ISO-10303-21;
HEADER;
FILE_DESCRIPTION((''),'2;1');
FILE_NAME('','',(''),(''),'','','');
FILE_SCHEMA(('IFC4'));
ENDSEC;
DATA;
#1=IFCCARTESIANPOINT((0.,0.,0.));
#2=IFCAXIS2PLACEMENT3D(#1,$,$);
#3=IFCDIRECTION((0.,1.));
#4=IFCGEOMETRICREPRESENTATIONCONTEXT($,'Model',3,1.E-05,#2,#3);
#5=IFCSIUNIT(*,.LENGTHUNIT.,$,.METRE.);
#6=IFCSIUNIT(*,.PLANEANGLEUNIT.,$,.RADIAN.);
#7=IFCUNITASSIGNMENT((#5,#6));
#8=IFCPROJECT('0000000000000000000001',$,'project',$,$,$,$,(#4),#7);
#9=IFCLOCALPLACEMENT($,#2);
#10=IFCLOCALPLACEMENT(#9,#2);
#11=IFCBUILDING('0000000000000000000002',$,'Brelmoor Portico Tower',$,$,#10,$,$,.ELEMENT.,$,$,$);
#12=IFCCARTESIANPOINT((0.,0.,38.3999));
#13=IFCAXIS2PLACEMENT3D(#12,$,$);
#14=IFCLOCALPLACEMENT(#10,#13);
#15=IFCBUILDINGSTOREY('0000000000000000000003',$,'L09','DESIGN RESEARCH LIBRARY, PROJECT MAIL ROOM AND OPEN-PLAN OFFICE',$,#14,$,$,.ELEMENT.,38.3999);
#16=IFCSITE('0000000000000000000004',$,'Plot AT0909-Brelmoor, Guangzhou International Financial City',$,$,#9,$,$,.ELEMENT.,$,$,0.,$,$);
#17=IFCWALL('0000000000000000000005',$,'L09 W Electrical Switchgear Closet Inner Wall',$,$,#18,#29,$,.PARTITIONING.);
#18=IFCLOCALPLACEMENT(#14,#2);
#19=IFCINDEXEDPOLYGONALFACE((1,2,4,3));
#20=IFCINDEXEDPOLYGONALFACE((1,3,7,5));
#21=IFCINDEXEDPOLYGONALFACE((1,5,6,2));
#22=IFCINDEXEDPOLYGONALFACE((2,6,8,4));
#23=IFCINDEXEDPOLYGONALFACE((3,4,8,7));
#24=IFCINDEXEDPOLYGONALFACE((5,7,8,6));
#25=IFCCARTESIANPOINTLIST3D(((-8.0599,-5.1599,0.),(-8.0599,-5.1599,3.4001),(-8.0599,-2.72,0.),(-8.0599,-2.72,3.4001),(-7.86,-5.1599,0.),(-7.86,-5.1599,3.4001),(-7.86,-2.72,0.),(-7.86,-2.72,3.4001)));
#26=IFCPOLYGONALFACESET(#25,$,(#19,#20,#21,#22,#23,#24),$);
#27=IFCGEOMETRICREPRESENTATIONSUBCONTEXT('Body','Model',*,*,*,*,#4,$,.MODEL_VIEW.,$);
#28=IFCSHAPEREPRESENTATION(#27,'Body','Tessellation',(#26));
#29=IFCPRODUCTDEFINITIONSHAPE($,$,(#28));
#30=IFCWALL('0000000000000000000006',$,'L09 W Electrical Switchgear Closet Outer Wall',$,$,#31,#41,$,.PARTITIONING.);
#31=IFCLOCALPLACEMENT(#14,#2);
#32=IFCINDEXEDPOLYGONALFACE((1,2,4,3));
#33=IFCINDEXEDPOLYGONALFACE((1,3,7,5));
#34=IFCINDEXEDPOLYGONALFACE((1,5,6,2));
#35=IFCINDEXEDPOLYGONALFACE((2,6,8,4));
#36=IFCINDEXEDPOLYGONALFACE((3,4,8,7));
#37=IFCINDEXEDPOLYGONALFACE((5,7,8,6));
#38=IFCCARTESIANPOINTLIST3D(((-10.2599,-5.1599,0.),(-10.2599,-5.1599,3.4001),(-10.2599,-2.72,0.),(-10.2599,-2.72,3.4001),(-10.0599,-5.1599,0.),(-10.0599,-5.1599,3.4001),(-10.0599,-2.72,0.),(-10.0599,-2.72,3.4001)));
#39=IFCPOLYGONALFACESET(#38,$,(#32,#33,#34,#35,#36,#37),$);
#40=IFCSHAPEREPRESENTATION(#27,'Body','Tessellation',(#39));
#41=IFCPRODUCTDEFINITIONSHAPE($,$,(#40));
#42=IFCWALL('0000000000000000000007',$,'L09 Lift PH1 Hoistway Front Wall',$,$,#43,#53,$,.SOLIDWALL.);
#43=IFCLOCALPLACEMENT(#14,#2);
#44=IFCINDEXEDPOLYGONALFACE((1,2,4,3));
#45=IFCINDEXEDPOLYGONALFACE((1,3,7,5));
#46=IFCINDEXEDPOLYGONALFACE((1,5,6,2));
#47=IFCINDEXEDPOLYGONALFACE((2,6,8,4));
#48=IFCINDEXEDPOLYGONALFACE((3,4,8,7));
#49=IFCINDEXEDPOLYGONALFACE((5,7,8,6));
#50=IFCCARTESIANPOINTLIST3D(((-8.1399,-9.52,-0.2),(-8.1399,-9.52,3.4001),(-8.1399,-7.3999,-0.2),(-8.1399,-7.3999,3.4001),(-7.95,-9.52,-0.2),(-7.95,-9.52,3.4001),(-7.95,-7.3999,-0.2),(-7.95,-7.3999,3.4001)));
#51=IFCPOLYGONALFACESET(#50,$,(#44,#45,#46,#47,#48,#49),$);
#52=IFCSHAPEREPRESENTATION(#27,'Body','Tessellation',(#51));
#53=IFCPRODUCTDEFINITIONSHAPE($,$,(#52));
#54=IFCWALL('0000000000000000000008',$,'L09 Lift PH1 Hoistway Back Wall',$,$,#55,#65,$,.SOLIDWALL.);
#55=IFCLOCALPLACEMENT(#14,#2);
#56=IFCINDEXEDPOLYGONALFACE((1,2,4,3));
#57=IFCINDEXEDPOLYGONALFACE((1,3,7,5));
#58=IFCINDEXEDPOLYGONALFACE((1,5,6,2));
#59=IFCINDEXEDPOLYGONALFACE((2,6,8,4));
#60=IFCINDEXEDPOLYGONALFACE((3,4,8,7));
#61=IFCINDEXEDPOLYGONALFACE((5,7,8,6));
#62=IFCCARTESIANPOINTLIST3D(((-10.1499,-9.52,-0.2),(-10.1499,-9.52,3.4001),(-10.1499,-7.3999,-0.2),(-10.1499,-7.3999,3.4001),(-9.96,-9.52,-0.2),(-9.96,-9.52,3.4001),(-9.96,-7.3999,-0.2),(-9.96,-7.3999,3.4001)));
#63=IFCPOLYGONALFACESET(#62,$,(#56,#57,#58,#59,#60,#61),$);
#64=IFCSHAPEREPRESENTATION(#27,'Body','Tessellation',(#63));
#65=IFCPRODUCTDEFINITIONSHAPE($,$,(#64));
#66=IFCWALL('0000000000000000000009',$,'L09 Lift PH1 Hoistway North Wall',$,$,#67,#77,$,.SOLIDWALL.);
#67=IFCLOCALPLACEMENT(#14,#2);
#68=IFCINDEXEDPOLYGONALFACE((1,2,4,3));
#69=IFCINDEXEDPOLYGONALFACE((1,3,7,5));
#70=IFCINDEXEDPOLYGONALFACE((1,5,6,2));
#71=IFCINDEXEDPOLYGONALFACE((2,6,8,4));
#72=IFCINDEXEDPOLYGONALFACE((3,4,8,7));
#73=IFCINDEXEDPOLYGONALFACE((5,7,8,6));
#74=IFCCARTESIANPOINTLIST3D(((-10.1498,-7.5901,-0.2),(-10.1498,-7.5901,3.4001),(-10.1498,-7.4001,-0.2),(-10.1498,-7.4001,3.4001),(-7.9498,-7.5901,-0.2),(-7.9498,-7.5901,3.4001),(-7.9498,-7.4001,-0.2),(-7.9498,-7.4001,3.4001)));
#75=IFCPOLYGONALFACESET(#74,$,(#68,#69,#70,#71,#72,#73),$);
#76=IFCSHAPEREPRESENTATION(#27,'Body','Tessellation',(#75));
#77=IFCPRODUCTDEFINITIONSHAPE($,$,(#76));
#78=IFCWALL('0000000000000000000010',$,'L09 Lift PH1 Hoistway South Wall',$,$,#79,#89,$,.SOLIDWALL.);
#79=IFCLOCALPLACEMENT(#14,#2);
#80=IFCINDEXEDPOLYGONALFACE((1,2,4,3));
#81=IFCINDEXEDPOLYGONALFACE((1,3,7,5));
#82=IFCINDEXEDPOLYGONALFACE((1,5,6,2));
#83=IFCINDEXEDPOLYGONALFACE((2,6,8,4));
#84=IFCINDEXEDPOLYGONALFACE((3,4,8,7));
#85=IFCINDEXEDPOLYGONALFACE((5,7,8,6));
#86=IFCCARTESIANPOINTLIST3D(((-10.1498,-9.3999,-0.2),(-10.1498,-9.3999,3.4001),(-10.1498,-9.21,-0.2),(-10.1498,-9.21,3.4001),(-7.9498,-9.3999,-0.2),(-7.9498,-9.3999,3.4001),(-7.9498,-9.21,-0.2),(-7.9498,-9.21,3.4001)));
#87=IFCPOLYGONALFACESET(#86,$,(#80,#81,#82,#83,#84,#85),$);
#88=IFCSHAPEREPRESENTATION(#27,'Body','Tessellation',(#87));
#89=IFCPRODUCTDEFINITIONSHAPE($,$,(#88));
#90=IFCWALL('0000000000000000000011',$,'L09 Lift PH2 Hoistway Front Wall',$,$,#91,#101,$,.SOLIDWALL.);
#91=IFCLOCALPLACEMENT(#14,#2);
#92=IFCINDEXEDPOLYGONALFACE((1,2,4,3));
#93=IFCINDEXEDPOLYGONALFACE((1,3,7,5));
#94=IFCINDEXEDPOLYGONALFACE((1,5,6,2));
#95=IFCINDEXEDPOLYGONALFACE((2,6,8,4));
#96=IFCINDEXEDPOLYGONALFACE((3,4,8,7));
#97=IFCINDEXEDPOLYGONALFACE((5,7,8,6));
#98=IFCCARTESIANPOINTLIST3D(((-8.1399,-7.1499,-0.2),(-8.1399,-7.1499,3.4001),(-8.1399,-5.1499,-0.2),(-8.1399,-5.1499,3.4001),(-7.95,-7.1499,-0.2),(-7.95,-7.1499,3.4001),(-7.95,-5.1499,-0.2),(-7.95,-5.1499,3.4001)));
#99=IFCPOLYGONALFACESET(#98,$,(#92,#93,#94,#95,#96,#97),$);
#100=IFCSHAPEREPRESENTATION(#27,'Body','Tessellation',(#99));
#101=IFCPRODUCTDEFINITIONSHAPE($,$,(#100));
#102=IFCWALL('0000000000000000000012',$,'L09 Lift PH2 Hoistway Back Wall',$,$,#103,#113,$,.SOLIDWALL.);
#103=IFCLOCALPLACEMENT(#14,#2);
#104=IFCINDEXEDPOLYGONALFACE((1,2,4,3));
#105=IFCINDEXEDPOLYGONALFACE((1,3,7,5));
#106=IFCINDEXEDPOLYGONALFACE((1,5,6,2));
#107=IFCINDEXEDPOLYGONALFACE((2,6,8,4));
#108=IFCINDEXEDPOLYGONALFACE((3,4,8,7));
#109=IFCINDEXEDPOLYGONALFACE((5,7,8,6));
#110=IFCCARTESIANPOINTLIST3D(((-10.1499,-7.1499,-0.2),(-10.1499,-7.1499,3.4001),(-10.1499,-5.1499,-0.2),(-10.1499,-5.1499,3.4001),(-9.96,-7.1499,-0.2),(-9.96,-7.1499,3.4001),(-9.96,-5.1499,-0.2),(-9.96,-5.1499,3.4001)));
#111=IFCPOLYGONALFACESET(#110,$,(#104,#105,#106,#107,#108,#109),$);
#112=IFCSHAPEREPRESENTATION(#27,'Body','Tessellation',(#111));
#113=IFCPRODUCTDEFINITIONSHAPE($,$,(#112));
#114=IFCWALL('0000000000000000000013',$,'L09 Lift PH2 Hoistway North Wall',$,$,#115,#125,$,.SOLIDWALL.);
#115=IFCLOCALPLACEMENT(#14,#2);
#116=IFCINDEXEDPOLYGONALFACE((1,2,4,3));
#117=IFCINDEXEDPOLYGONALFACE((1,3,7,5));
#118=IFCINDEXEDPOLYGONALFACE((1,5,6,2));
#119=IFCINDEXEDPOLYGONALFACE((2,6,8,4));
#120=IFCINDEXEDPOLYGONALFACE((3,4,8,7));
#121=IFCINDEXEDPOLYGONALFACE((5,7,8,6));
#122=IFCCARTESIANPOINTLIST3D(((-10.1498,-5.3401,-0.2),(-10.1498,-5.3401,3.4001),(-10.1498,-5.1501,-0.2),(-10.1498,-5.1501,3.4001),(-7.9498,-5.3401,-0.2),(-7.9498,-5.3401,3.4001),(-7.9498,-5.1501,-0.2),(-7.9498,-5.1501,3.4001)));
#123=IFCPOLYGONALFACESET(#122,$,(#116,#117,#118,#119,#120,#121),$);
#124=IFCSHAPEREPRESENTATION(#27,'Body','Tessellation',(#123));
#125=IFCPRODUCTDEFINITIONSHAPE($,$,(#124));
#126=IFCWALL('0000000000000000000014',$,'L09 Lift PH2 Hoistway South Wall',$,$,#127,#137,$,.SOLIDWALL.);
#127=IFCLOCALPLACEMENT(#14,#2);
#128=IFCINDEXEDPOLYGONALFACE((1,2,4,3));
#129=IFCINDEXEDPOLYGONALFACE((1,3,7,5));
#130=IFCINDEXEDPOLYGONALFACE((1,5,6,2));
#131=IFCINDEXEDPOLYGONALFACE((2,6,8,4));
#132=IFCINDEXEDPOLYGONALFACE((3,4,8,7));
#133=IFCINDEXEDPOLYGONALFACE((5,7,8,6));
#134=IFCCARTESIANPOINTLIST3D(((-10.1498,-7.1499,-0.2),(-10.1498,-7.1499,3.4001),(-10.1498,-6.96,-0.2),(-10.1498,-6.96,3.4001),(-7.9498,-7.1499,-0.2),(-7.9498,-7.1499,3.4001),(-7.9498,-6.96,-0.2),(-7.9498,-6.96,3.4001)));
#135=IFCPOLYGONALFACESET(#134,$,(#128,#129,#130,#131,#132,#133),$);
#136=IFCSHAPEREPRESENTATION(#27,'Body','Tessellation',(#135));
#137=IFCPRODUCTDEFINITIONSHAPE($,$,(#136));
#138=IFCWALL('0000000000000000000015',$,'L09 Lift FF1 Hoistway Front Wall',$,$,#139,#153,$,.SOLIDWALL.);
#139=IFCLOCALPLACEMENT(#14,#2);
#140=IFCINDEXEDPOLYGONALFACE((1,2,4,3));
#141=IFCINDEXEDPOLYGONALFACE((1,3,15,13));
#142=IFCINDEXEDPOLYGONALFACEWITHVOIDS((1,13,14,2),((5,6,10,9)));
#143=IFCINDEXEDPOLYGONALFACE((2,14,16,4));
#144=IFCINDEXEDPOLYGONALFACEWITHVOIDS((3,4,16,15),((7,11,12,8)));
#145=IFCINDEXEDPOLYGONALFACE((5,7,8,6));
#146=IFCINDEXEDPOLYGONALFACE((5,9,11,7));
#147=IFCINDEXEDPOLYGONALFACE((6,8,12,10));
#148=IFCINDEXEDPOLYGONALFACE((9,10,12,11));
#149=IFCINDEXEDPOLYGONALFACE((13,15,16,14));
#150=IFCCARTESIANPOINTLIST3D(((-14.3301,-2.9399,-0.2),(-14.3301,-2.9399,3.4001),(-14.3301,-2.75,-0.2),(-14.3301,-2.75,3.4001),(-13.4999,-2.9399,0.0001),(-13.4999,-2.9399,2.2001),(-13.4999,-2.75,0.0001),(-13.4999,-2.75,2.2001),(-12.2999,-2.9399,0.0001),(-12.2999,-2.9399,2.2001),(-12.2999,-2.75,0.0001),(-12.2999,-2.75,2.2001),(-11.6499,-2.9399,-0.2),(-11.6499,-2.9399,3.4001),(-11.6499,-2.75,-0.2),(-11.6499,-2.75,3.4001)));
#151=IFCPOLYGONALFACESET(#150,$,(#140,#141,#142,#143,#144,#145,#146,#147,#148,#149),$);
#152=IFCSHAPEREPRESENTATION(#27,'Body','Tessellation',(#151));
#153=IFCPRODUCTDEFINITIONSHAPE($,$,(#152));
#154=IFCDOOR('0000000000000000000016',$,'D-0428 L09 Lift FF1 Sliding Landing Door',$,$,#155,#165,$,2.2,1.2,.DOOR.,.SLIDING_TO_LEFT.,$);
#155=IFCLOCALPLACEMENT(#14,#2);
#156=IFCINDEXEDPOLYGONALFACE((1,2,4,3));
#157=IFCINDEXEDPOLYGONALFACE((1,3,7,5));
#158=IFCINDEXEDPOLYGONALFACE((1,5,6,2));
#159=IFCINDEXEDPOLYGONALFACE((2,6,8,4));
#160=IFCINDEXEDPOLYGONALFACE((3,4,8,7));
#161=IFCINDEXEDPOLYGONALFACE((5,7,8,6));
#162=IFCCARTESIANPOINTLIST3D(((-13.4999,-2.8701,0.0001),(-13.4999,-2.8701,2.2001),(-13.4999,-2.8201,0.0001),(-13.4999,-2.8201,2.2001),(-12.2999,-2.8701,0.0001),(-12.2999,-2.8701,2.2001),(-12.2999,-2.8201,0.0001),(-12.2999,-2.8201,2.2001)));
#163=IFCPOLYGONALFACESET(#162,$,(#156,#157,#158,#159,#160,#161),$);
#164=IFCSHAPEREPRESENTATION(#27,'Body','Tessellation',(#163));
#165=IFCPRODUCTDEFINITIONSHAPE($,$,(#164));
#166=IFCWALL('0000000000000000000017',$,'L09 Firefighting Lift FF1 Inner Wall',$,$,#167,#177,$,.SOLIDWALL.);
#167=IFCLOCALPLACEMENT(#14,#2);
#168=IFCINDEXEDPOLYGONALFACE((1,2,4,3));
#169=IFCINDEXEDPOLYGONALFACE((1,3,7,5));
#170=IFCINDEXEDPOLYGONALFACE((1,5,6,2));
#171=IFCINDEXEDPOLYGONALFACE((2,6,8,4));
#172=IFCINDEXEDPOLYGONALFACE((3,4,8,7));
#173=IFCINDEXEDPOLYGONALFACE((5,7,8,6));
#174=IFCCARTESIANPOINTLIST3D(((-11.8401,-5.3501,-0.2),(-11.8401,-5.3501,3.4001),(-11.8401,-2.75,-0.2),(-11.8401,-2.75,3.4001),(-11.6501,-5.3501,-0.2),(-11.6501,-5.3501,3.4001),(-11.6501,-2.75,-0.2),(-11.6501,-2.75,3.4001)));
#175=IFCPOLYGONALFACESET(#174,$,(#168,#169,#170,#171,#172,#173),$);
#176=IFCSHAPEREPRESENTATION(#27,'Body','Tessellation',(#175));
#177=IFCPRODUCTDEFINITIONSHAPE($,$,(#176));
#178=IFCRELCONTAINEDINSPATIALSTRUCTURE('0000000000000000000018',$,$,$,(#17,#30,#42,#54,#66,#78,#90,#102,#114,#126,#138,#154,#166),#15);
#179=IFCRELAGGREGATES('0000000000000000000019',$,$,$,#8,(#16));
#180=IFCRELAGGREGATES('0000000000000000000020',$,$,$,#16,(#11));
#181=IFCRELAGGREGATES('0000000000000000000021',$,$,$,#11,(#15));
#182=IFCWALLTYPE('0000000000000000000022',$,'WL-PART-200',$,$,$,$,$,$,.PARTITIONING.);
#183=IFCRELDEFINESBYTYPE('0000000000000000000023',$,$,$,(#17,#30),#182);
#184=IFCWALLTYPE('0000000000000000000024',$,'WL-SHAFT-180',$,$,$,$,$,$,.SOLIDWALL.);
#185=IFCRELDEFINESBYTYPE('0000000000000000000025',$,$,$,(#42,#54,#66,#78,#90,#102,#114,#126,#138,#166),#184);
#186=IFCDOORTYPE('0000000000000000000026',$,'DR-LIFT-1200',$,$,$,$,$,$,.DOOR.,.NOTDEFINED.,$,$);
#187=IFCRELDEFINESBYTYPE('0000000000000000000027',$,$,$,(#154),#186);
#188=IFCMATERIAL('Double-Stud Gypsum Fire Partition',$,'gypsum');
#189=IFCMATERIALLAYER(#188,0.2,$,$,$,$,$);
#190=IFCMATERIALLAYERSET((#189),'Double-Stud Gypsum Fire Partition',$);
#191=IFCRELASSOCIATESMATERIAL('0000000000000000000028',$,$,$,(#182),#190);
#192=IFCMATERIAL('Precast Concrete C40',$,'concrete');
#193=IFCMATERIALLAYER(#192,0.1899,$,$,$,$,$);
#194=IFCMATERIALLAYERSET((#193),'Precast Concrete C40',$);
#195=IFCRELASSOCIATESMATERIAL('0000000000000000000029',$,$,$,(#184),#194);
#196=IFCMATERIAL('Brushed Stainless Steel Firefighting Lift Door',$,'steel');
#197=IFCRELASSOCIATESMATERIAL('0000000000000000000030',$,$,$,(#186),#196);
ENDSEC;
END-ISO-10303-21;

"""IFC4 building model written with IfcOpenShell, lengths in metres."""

from ifc_helpers import new_model, si_unit, direction, frame, frame_2d, origin, place, context, subcontext, project, spatial, rectangle, extrude, material, layer, layer_set, type_object, element, fill, save


model = new_model("IFC4")

# Units and contexts
model_context = context("Model", 3, precision=1e-05, world=origin(), true_north=direction((0.0, 1.0)))
body_context = subcontext(model_context, "Body", "Model", "MODEL_VIEW")
ifc_project = project(units=[si_unit("LENGTHUNIT", "METRE"), si_unit("PLANEANGLEUNIT", "RADIAN")], contexts=[model_context])

# Site, building, storey
site_placement = place(None, origin())
site = spatial("IfcSite", under=ifc_project, at=site_placement, Name="Plot AT0909-Brelmoor, Guangzhou International Financial City", CompositionType="ELEMENT", RefElevation=0.0)
building_placement = place(site_placement, origin())
building = spatial("IfcBuilding", under=site, at=building_placement, Name="Brelmoor Portico Tower", CompositionType="ELEMENT")
storey_placement = place(building_placement, frame((0.0, 0.0, 38.3999)))
storey = spatial("IfcBuildingStorey", under=building, at=storey_placement, Name="L09", Description="DESIGN RESEARCH LIBRARY, PROJECT MAIL ROOM AND OPEN-PLAN OFFICE", CompositionType="ELEMENT", Elevation=38.3999)

# Shared definitions
ifc_material_1 = material(Name="Double-Stud Gypsum Fire Partition", Category="gypsum")
ifc_layer_1 = layer(ifc_material_1, 0.2)
ifc_layer_set_1 = layer_set([ifc_layer_1], Name="Double-Stud Gypsum Fire Partition")
wall_type_1 = type_object("IfcWallType", Name="WL-PART-200", PredefinedType="PARTITIONING", material=ifc_layer_set_1)

# Walls
for number, where, z_axis, x_axis, name in (
    (1, (-7.96, -5.1599, 0.0), (0.0, 0.0, 1.0), (0.0, 1.0, 0.0), "L09 W Electrical Switchgear Closet Inner Wall"),
    (2, (-10.1599, -5.1599, 0.0), (0.0, 0.0, 1.0), (0.0, 1.0, 0.0), "L09 W Electrical Switchgear Closet Outer Wall"),
):
    element("IfcWall", number, at=place(storey_placement, frame(where, z_axis=z_axis, x_axis=x_axis)), inside=storey, type_object=wall_type_1, Name=name, PredefinedType="PARTITIONING", context=body_context, shape_type="SweptSolid", body=[
        extrude(rectangle(XDim=2.4399, YDim=0.2, at=frame_2d((1.22, 0.0))), origin(), (0.0, 0.0, 1.0), 3.4001),
    ])
ifc_material_2 = material(Name="Precast Concrete C40", Category="concrete")
ifc_layer_2 = layer(ifc_material_2, 0.1899)
ifc_layer_set_2 = layer_set([ifc_layer_2], Name="Precast Concrete C40")
wall_type_2 = type_object("IfcWallType", Name="WL-SHAFT-180", PredefinedType="SOLIDWALL", material=ifc_layer_set_2)
for number, where, z_axis, x_axis, name in (
    (3, (-8.0449, -9.52, -0.2), (0.0, 0.0, 1.0), (0.0, 1.0, 0.0), "L09 Lift PH1 Hoistway Front Wall"),
    (4, (-10.0549, -9.52, -0.2), (0.0, 0.0, 1.0), (0.0, 1.0, 0.0), "L09 Lift PH1 Hoistway Back Wall"),
):
    element("IfcWall", number, at=place(storey_placement, frame(where, z_axis=z_axis, x_axis=x_axis)), inside=storey, type_object=wall_type_2, Name=name, PredefinedType="SOLIDWALL", context=body_context, shape_type="SweptSolid", body=[
        extrude(rectangle(XDim=2.1201, YDim=0.1899, at=frame_2d((1.0601, 0.0))), origin(), (0.0, 0.0, 1.0), 3.6001),
    ])
for number, where, z_axis, x_axis, name in (
    (5, (-10.1499, -7.4951, -0.2), (0.0, 0.0, 1.0), (1.0, 0.0, 0.0), "L09 Lift PH1 Hoistway North Wall"),
    (6, (-10.1499, -9.3049, -0.2), (0.0, 0.0, 1.0), (1.0, 0.0, 0.0), "L09 Lift PH1 Hoistway South Wall"),
):
    element("IfcWall", number, at=place(storey_placement, frame(where, z_axis=z_axis, x_axis=x_axis)), inside=storey, type_object=wall_type_2, Name=name, PredefinedType="SOLIDWALL", context=body_context, shape_type="SweptSolid", body=[
        extrude(rectangle(XDim=2.2, YDim=0.1899, at=frame_2d((1.1001, 0.0))), origin(), (0.0, 0.0, 1.0), 3.6001),
    ])
for number, where, z_axis, x_axis, name in (
    (7, (-8.0449, -7.1499, -0.2), (0.0, 0.0, 1.0), (0.0, 1.0, 0.0), "L09 Lift PH2 Hoistway Front Wall"),
    (8, (-10.0549, -7.1499, -0.2), (0.0, 0.0, 1.0), (0.0, 1.0, 0.0), "L09 Lift PH2 Hoistway Back Wall"),
):
    element("IfcWall", number, at=place(storey_placement, frame(where, z_axis=z_axis, x_axis=x_axis)), inside=storey, type_object=wall_type_2, Name=name, PredefinedType="SOLIDWALL", context=body_context, shape_type="SweptSolid", body=[
        extrude(rectangle(XDim=2.0, YDim=0.1899, at=frame_2d((1.0, 0.0))), origin(), (0.0, 0.0, 1.0), 3.6001),
    ])
for number, where, z_axis, x_axis, name in (
    (9, (-10.1499, -5.2451, -0.2), (0.0, 0.0, 1.0), (1.0, 0.0, 0.0), "L09 Lift PH2 Hoistway North Wall"),
    (10, (-10.1499, -7.0549, -0.2), (0.0, 0.0, 1.0), (1.0, 0.0, 0.0), "L09 Lift PH2 Hoistway South Wall"),
):
    element("IfcWall", number, at=place(storey_placement, frame(where, z_axis=z_axis, x_axis=x_axis)), inside=storey, type_object=wall_type_2, Name=name, PredefinedType="SOLIDWALL", context=body_context, shape_type="SweptSolid", body=[
        extrude(rectangle(XDim=2.2, YDim=0.1899, at=frame_2d((1.1001, 0.0))), origin(), (0.0, 0.0, 1.0), 3.6001),
    ])

# Wall, opening, door
wall_1_placement = place(storey_placement, frame((-14.3301, -2.845, -0.2), z_axis=(0.0, 0.0, 1.0), x_axis=(1.0, 0.0, 0.0)))
wall_1 = element("IfcWall", 11, at=wall_1_placement, inside=storey, type_object=wall_type_2, Name="L09 Lift FF1 Hoistway Front Wall", PredefinedType="SOLIDWALL", context=body_context, shape_type="SweptSolid", body=[
    extrude(rectangle(XDim=2.6802, YDim=0.1899, at=frame_2d((1.3401, 0.0))), origin(), (0.0, 0.0, 1.0), 3.6001),
])
opening_1_placement = place(wall_1_placement, frame((0.8301, 0.0, 0.2)))
opening_1 = element("IfcOpeningElement", 12, at=opening_1_placement, cuts=wall_1, PredefinedType="OPENING", context=body_context, shape_type="SweptSolid", body=[
    extrude(rectangle(XDim=1.2, YDim=2.2, at=frame_2d((0.6001, 1.1001))), frame((0.0, 0.105, 0.0), z_axis=(0.0, -1.0, 0.0), x_axis=(1.0, 0.0, 0.0)), (0.0, 0.0, 1.0), 0.21),
])
ifc_material_3 = material(Name="Brushed Stainless Steel Firefighting Lift Door", Category="steel")
door_type_1 = type_object("IfcDoorType", Name="DR-LIFT-1200", OperationType="NOTDEFINED", PredefinedType="DOOR", material=ifc_material_3)
door_1_placement = place(opening_1_placement, origin())
door_1 = element("IfcDoor", 13, at=door_1_placement, inside=storey, type_object=door_type_1, Name="D-0428 L09 Lift FF1 Sliding Landing Door", OperationType="SLIDING_TO_LEFT", OverallHeight=2.2, OverallWidth=1.2, PredefinedType="DOOR", context=body_context, shape_type="SweptSolid", body=[
    extrude(rectangle(XDim=1.2, YDim=2.2, at=frame_2d((0.6001, 1.1001))), frame((0.0, 0.0249, 0.0), z_axis=(0.0, -1.0, 0.0), x_axis=(1.0, 0.0, 0.0)), (0.0, 0.0, 1.0), 0.05),
])
fill(opening_1, door_1)

# Wall
wall_2_placement = place(storey_placement, frame((-11.7451, -5.3501, -0.2), z_axis=(0.0, 0.0, 1.0), x_axis=(0.0, 1.0, 0.0)))
element("IfcWall", 14, at=wall_2_placement, inside=storey, type_object=wall_type_2, Name="L09 Firefighting Lift FF1 Inner Wall", PredefinedType="SOLIDWALL", context=body_context, shape_type="SweptSolid", body=[
    extrude(rectangle(XDim=2.6001, YDim=0.1899, at=frame_2d((1.3, 0.0))), origin(), (0.0, 0.0, 1.0), 3.6001),
])

save(model, "model.ifc")
